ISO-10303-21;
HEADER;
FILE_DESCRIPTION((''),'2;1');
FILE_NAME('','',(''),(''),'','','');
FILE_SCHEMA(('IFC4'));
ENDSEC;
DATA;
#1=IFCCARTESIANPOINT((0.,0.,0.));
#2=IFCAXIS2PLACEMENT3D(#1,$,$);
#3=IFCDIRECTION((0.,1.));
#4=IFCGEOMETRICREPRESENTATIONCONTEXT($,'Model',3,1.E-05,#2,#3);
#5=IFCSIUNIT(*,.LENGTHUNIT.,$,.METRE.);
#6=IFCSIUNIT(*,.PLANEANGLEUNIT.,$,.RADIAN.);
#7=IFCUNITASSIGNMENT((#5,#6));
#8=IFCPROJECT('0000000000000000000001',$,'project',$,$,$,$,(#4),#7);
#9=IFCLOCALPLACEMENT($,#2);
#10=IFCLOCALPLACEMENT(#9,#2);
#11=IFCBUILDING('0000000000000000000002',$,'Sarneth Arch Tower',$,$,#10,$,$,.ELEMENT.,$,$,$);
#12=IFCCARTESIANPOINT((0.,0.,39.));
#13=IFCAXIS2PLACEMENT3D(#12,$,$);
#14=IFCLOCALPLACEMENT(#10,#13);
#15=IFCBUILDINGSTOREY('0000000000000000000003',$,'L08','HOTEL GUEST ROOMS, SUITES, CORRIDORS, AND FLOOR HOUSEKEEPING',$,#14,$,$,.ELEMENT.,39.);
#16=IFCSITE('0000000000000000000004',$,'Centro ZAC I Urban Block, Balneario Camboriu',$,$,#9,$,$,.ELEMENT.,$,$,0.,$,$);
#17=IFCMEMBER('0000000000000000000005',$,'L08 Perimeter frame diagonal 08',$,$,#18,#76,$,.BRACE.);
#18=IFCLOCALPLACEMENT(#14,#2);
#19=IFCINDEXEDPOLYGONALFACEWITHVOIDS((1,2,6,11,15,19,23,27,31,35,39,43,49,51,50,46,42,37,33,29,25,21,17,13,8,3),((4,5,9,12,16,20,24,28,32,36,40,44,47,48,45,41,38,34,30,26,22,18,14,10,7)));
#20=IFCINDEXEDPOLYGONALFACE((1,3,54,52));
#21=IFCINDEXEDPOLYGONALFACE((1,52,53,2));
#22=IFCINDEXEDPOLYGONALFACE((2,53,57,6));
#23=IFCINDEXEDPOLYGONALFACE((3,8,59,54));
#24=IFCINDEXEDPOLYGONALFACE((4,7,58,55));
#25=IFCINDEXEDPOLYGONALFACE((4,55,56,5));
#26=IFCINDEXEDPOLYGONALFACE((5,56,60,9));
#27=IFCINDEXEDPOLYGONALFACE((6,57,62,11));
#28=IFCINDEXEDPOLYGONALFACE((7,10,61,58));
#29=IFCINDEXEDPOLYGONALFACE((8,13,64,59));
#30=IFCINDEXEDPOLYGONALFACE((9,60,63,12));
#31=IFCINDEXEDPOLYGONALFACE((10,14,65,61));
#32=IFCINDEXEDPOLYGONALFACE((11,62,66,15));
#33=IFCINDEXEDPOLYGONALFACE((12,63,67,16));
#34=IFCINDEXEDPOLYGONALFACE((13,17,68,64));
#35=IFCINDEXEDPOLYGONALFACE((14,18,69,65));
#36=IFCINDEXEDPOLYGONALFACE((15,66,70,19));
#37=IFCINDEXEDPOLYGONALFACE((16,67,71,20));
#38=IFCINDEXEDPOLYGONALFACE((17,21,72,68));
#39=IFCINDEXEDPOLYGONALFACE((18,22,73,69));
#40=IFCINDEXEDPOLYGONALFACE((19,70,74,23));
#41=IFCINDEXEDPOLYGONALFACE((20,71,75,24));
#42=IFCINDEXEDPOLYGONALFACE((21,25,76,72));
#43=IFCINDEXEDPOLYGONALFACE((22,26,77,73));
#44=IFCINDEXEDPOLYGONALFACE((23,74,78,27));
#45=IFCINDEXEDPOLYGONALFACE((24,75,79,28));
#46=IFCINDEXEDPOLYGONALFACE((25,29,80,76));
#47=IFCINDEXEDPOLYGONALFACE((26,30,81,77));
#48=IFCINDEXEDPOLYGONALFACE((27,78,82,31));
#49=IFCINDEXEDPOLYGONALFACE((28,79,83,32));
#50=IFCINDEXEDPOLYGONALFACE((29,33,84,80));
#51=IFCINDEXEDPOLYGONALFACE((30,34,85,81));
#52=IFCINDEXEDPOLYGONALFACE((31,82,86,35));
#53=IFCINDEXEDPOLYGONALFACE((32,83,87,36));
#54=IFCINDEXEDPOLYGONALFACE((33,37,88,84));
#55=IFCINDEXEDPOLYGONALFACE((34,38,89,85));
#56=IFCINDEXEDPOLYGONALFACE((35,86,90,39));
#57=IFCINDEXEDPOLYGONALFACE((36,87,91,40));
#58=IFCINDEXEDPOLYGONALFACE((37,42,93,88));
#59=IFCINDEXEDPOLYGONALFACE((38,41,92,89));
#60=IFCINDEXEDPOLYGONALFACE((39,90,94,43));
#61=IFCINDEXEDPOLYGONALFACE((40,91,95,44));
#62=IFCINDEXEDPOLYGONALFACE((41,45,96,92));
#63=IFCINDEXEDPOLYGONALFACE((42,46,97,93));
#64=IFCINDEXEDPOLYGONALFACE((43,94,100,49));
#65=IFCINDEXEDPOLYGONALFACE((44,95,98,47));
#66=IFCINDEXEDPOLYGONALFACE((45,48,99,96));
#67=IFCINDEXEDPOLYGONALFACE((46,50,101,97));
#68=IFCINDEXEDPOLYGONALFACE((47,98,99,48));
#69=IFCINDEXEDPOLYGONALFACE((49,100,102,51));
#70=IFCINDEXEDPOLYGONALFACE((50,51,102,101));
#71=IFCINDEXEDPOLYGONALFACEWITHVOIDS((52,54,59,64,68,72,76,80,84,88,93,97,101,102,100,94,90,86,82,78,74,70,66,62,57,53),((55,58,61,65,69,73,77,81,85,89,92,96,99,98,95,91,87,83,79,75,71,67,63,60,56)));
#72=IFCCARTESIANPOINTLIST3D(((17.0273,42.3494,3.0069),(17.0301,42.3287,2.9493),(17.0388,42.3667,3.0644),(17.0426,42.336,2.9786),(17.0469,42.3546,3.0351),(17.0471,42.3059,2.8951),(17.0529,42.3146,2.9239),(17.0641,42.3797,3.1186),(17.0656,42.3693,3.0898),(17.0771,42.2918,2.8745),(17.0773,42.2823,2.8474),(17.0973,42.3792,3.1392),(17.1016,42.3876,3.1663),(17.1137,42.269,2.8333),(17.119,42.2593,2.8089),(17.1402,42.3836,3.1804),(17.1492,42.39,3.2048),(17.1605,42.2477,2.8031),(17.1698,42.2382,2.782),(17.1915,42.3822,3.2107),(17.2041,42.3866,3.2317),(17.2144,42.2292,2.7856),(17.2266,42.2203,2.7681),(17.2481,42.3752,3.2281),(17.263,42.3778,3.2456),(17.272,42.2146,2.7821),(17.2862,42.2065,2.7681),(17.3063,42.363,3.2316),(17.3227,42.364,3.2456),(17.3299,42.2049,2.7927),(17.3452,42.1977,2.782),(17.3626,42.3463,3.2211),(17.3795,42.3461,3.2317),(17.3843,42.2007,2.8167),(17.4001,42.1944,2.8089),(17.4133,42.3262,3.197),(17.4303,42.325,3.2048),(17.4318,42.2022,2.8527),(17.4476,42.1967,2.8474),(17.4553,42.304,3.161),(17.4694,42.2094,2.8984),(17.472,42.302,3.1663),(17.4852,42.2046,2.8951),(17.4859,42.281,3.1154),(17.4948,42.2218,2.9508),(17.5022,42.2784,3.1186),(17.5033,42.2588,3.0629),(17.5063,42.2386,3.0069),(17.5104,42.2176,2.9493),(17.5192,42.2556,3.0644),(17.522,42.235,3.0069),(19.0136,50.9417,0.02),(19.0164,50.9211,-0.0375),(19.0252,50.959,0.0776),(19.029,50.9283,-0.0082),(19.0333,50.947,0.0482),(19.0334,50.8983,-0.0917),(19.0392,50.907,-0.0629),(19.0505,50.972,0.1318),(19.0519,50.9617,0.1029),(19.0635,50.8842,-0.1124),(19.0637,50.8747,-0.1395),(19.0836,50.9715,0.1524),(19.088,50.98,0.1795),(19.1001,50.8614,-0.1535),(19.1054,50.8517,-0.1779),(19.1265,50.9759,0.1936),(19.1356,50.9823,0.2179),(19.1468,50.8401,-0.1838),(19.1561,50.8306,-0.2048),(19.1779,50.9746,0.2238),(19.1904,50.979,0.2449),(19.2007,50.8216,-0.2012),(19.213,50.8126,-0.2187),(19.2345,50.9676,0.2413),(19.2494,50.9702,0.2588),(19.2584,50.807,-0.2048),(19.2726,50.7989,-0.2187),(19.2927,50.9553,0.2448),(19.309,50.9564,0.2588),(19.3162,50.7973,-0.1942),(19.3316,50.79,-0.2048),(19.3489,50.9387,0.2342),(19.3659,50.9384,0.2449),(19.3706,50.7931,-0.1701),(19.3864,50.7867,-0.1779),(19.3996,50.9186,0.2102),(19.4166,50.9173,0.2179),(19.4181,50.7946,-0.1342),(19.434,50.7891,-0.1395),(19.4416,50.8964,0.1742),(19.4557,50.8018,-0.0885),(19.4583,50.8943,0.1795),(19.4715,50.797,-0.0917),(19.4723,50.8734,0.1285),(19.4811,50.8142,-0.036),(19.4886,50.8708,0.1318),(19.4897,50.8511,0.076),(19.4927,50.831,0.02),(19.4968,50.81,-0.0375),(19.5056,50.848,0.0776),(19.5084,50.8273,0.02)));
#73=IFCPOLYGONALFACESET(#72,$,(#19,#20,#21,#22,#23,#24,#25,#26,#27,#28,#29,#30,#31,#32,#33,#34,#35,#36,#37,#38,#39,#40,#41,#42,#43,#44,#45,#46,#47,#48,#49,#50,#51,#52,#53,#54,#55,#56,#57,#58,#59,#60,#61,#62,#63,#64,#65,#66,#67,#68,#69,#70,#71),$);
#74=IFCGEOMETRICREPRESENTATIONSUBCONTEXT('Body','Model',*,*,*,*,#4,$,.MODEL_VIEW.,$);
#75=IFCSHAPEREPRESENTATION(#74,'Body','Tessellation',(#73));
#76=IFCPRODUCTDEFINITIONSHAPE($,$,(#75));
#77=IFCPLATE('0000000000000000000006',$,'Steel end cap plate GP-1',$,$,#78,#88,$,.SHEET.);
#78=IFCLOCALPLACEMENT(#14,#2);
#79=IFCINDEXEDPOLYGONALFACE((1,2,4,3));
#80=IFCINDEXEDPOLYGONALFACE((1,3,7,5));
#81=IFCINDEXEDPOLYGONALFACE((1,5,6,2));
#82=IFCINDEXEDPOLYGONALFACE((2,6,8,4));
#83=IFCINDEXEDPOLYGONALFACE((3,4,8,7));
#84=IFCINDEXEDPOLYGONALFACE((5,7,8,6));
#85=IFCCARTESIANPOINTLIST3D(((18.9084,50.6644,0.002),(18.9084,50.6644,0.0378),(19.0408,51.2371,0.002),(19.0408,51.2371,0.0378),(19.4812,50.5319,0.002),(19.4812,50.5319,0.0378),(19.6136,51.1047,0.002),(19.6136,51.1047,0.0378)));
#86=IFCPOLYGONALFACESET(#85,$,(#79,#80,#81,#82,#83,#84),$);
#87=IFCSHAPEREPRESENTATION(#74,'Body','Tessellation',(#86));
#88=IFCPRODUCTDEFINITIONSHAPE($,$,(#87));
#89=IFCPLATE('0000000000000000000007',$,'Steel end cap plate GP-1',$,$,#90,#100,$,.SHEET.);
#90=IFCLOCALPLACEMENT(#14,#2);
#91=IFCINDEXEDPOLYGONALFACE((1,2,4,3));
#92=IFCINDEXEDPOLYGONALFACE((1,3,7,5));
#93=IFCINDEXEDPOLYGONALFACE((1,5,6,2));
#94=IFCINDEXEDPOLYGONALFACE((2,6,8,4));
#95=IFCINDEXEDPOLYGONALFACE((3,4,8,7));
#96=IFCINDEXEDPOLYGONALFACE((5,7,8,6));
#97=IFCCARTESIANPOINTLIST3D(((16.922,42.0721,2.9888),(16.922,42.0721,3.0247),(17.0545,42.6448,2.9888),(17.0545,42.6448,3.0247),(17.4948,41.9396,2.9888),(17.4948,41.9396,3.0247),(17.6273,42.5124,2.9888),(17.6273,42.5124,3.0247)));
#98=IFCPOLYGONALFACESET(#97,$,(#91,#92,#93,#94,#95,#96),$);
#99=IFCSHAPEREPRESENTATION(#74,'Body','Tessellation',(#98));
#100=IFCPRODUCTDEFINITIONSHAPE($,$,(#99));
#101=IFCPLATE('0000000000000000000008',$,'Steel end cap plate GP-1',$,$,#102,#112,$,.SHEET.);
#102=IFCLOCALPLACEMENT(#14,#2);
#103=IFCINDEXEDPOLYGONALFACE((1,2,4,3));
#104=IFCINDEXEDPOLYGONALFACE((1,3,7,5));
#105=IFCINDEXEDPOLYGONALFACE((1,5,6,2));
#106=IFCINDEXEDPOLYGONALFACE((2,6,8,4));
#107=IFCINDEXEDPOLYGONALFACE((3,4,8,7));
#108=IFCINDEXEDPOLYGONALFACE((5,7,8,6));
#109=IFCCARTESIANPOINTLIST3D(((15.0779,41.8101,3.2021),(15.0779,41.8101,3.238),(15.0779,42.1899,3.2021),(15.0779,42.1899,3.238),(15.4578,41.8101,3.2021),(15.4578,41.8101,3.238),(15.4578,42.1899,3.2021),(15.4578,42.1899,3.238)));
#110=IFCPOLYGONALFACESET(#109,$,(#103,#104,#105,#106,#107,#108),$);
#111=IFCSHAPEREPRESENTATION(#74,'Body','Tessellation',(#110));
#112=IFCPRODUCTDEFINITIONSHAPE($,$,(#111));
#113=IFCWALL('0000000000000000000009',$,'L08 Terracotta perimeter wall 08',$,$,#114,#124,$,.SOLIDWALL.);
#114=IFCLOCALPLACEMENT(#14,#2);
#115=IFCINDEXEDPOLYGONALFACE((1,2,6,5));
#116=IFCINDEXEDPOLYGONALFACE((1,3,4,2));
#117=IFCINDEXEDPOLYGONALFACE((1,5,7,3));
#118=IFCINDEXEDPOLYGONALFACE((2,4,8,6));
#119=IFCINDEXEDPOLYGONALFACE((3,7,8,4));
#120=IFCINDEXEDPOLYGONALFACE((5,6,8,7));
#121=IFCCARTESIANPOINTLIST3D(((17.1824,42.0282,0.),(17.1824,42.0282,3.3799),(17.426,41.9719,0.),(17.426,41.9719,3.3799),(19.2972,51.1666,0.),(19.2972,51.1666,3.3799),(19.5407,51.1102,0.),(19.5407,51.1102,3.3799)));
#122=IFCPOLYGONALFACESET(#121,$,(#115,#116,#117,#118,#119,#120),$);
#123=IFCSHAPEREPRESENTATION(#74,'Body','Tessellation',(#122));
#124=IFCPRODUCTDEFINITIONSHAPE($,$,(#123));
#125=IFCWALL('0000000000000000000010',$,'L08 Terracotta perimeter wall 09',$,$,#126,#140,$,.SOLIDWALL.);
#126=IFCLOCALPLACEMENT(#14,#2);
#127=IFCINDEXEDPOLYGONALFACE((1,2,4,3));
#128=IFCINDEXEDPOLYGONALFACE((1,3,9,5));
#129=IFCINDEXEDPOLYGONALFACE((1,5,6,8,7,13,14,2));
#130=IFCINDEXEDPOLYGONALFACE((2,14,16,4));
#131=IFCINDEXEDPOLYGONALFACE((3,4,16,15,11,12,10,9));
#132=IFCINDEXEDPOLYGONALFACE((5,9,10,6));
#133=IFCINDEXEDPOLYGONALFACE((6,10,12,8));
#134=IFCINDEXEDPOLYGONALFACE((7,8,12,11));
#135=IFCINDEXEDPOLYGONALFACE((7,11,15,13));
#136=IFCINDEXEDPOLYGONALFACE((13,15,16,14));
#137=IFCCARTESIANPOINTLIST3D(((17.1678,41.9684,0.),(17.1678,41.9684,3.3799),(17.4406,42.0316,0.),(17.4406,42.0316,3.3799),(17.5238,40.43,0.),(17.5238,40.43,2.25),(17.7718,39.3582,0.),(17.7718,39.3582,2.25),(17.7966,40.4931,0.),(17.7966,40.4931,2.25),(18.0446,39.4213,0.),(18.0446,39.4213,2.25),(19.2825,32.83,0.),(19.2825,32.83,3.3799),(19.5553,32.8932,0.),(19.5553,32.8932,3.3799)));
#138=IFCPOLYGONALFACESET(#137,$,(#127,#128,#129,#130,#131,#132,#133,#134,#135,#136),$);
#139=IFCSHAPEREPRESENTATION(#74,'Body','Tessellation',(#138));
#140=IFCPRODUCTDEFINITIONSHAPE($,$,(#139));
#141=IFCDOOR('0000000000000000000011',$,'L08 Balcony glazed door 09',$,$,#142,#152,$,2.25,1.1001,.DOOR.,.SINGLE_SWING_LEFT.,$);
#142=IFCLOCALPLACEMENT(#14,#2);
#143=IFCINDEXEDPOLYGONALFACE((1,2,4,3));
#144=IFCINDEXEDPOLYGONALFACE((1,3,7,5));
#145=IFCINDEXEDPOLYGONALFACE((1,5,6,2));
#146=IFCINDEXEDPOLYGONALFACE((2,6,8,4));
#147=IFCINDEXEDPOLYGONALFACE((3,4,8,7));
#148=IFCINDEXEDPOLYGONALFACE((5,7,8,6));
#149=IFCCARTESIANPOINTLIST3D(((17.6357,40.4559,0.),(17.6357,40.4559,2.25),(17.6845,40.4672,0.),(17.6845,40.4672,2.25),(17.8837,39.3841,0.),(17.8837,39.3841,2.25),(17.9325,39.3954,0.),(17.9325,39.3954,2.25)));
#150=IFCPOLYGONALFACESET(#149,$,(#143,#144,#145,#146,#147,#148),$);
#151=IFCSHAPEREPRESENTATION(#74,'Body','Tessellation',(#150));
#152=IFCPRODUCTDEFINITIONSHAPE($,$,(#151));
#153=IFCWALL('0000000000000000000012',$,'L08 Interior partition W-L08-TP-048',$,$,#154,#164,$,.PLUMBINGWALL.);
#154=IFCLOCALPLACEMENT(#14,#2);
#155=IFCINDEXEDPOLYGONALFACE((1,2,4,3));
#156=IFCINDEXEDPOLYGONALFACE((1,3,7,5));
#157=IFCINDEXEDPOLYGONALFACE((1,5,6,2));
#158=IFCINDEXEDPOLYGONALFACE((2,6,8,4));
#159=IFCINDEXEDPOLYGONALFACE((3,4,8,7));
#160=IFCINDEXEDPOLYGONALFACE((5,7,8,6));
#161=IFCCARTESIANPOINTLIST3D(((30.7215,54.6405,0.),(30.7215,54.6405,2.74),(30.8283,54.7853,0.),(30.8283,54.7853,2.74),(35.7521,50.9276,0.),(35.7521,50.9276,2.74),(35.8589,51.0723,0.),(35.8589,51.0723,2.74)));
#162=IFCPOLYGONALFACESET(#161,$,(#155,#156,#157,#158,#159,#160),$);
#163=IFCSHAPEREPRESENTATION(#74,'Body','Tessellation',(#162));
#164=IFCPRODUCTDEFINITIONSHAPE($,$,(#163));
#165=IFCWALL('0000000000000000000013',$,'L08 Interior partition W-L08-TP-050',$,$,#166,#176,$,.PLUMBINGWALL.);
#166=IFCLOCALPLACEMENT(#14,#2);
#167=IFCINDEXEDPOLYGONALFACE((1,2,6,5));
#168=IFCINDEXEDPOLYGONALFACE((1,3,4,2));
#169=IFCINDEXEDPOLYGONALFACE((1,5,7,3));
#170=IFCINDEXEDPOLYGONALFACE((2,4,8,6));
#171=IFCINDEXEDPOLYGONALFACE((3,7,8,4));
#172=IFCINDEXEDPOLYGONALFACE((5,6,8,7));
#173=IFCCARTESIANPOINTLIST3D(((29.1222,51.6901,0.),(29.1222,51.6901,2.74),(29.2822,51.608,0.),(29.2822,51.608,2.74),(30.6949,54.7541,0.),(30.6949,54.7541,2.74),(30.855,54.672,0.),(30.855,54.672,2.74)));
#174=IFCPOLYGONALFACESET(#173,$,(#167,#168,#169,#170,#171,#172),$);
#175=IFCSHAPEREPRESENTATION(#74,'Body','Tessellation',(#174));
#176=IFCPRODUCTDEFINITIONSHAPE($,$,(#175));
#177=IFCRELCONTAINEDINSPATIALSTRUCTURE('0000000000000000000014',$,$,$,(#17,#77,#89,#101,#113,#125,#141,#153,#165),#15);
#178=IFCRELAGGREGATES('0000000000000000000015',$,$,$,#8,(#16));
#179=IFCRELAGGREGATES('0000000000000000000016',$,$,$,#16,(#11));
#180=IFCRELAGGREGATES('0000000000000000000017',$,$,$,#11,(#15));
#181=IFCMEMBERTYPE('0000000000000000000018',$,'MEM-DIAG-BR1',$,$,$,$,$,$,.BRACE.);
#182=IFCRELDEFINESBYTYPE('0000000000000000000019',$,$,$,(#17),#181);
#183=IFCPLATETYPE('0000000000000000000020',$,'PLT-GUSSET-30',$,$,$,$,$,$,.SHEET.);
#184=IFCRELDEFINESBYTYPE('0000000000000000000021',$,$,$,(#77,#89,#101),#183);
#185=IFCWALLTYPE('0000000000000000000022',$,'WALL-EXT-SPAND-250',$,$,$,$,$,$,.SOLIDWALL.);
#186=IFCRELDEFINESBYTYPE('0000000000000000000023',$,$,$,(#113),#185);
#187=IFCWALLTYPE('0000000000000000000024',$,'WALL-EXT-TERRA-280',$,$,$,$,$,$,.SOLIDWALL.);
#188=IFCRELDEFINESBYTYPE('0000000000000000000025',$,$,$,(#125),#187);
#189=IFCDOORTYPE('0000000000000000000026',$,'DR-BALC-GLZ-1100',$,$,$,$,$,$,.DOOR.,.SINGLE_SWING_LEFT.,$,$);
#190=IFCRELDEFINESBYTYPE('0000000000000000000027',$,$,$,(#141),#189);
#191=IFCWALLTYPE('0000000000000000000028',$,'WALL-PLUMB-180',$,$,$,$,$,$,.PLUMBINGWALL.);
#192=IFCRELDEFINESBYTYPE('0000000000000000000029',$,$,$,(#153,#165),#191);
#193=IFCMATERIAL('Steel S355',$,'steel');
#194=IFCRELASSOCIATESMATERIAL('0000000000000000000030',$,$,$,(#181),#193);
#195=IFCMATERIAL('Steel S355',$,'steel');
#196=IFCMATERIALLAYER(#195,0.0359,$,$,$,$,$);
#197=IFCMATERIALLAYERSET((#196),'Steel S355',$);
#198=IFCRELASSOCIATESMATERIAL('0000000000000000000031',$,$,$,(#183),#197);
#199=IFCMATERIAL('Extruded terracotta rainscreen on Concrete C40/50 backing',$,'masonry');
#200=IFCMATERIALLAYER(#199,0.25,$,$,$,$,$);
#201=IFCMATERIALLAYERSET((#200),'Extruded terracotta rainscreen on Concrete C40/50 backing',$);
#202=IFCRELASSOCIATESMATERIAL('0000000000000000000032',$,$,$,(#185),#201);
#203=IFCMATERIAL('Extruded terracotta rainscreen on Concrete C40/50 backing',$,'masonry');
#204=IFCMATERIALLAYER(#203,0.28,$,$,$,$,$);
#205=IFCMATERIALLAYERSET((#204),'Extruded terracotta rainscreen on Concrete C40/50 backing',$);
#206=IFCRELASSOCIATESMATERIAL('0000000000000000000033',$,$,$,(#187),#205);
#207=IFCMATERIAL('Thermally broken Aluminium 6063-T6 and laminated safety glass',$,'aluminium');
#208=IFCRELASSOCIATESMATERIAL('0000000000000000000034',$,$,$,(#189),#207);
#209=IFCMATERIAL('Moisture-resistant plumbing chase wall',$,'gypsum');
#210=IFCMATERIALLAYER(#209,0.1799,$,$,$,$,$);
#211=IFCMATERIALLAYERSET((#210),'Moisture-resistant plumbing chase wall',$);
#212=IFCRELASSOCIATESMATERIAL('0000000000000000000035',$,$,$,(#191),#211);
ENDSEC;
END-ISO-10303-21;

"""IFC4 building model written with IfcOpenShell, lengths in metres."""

from ifc_helpers import new_model, si_unit, direction, frame, frame_2d, origin, origin_2d, place, context, subcontext, project, spatial, rectangle, hollow_circle, extrude, material, layer, layer_set, material_profile, profile_set, type_object, element, fill, save


model = new_model("IFC4")

# Units and contexts
model_context = context("Model", 3, precision=1e-05, world=origin(), true_north=direction((0.0, 1.0)))
body_context = subcontext(model_context, "Body", "Model", "MODEL_VIEW")
ifc_project = project(units=[si_unit("LENGTHUNIT", "METRE"), si_unit("PLANEANGLEUNIT", "RADIAN")], contexts=[model_context])

# Site, building, storey
site_placement = place(None, origin())
site = spatial("IfcSite", under=ifc_project, at=site_placement, Name="Centro ZAC I Urban Block, Balneario Camboriu", CompositionType="ELEMENT", RefElevation=0.0)
building_placement = place(site_placement, origin())
building = spatial("IfcBuilding", under=site, at=building_placement, Name="Sarneth Arch Tower", CompositionType="ELEMENT")
storey_placement = place(building_placement, frame((0.0, 0.0, 39.0)))
storey = spatial("IfcBuildingStorey", under=building, at=storey_placement, Name="L08", Description="HOTEL GUEST ROOMS, SUITES, CORRIDORS, AND FLOOR HOUSEKEEPING", CompositionType="ELEMENT", Elevation=39.0)

# Member
ifc_material_1 = material(Name="Steel S355", Category="steel")
ifc_material_profile_1 = material_profile(ifc_material_1, hollow_circle(Radius=0.2539, WallThickness=0.0161, at=origin_2d()), Name="CHS508x16")
ifc_profile_set_1 = profile_set([ifc_material_profile_1], Name="Steel S355")
member_type_1 = type_object("IfcMemberType", Name="MEM-DIAG-BR1", PredefinedType="BRACE", material=ifc_profile_set_1)
member_1_placement = place(storey_placement, frame((19.261, 50.8845, 0.02), z_axis=(-0.213332, -0.922814, 0.320785), x_axis=(0.974304, -0.225236, 0.0)))
element("IfcMember", 1, at=member_1_placement, inside=storey, type_object=member_type_1, Name="L08 Perimeter frame diagonal 08", PredefinedType="BRACE", context=body_context, shape_type="SweptSolid", body=[
    extrude(hollow_circle(Radius=0.2539, WallThickness=0.0161, at=origin_2d()), origin(), (0.0, 0.0, 1.0), 9.311),
])

# Plates
ifc_material_2 = material(Name="Steel S355", Category="steel")
ifc_layer_1 = layer(ifc_material_2, 0.0359)
ifc_layer_set_1 = layer_set([ifc_layer_1], Name="Steel S355")
plate_type = type_object("IfcPlateType", Name="PLT-GUSSET-30", PredefinedType="SHEET", material=ifc_layer_set_1)
for number, where, z_axis, x_axis, name in (
    (2, (19.261, 50.8845, 0.002), (0.0, 0.0, 1.0), (-0.225291, -0.974291, 0.0), "Steel end cap plate GP-1"),
    (3, (17.2747, 42.2922, 2.9888), (0.0, 0.0, 1.0), (-0.225291, -0.974291, 0.0), "Steel end cap plate GP-1"),
):
    element("IfcPlate", number, at=place(storey_placement, frame(where, z_axis=z_axis, x_axis=x_axis)), inside=storey, type_object=plate_type, Name=name, PredefinedType="SHEET", context=body_context, shape_type="SweptSolid", body=[
        extrude(rectangle(XDim=0.5879, YDim=0.5879, at=origin_2d()), origin(), (0.0, 0.0, 1.0), 0.0359),
    ])
plate_placement = place(storey_placement, frame((15.2678, 42.0, 3.2021), z_axis=(0.0, 0.0, 1.0), x_axis=(-1.0, 0.0, 0.0)))
element("IfcPlate", 4, at=plate_placement, inside=storey, type_object=plate_type, Name="Steel end cap plate GP-1", PredefinedType="SHEET", context=body_context, shape_type="SweptSolid", body=[
    extrude(rectangle(XDim=0.3799, YDim=0.3799, at=origin_2d()), origin(), (0.0, 0.0, 1.0), 0.0359),
])

# Wall
ifc_material_3 = material(Name="Extruded terracotta rainscreen on Concrete C40/50 backing", Category="masonry")
ifc_layer_2 = layer(ifc_material_3, 0.25)
ifc_layer_set_2 = layer_set([ifc_layer_2], Name="Extruded terracotta rainscreen on Concrete C40/50 backing")
wall_type_1 = type_object("IfcWallType", Name="WALL-EXT-SPAND-250", PredefinedType="SOLIDWALL", material=ifc_layer_set_2)
wall_1_placement = place(storey_placement, frame((19.4189, 51.1384, 0.0), z_axis=(0.0, 0.0, 1.0), x_axis=(-0.225454, -0.974254, 0.0)))
element("IfcWall", 5, at=wall_1_placement, inside=storey, type_object=wall_type_1, Name="L08 Terracotta perimeter wall 08", PredefinedType="SOLIDWALL", context=body_context, shape_type="SweptSolid", body=[
    extrude(rectangle(XDim=9.3799, YDim=0.25, at=frame_2d((4.6899, 0.0))), origin(), (0.0, 0.0, 1.0), 3.3799),
])

# Wall, opening, door
ifc_material_4 = material(Name="Extruded terracotta rainscreen on Concrete C40/50 backing", Category="masonry")
ifc_layer_3 = layer(ifc_material_4, 0.28)
ifc_layer_set_3 = layer_set([ifc_layer_3], Name="Extruded terracotta rainscreen on Concrete C40/50 backing")
wall_type_2 = type_object("IfcWallType", Name="WALL-EXT-TERRA-280", PredefinedType="SOLIDWALL", material=ifc_layer_set_3)
wall_2_placement = place(storey_placement, frame((17.3042, 42.0, 0.0), z_axis=(0.0, 0.0, 1.0), x_axis=(0.225454, -0.974254, 0.0)))
wall_2 = element("IfcWall", 6, at=wall_2_placement, inside=storey, type_object=wall_type_2, Name="L08 Terracotta perimeter wall 09", PredefinedType="SOLIDWALL", context=body_context, shape_type="SweptSolid", body=[
    extrude(rectangle(XDim=9.3799, YDim=0.28, at=frame_2d((4.6899, 0.0))), origin(), (0.0, 0.0, 1.0), 3.3799),
])
opening_placement = place(wall_2_placement, frame((1.5791, 0.0, 0.0)))
opening = element("IfcOpeningElement", 7, at=opening_placement, cuts=wall_2, PredefinedType="OPENING", context=body_context, shape_type="SweptSolid", body=[
    extrude(rectangle(XDim=1.1001, YDim=2.25, at=frame_2d((0.55, 1.125))), frame((0.0, 0.1499, 0.0), z_axis=(0.0, -1.0, 0.0), x_axis=(1.0, 0.0, 0.0)), (0.0, 0.0, 1.0), 0.3),
])
ifc_material_5 = material(Name="Thermally broken Aluminium 6063-T6 and laminated safety glass", Category="aluminium")
door_type = type_object("IfcDoorType", Name="DR-BALC-GLZ-1100", OperationType="SINGLE_SWING_LEFT", PredefinedType="DOOR", material=ifc_material_5)
door_placement = place(opening_placement, origin())
door = element("IfcDoor", 8, at=door_placement, inside=storey, type_object=door_type, Name="L08 Balcony glazed door 09", OperationType="SINGLE_SWING_LEFT", OverallHeight=2.25, OverallWidth=1.1001, PredefinedType="DOOR", context=body_context, shape_type="SweptSolid", body=[
    extrude(rectangle(XDim=1.1001, YDim=2.25, at=frame_2d((0.55, 1.125))), frame((0.0, 0.0249, 0.0), z_axis=(0.0, -1.0, 0.0), x_axis=(1.0, 0.0, 0.0)), (0.0, 0.0, 1.0), 0.05),
])
fill(opening, door)

# Walls
ifc_material_6 = material(Name="Moisture-resistant plumbing chase wall", Category="gypsum")
ifc_layer_4 = layer(ifc_material_6, 0.1799)
ifc_layer_set_4 = layer_set([ifc_layer_4], Name="Moisture-resistant plumbing chase wall")
wall_type_3 = type_object("IfcWallType", Name="WALL-PLUMB-180", PredefinedType="PLUMBINGWALL", material=ifc_layer_set_4)
wall_3_placement = place(storey_placement, frame((30.7749, 54.7129, 0.0), z_axis=(0.0, 0.0, 1.0), x_axis=(0.804583, -0.593841, 0.0)))
element("IfcWall", 9, at=wall_3_placement, inside=storey, type_object=wall_type_3, Name="L08 Interior partition W-L08-TP-048", PredefinedType="PLUMBINGWALL", context=body_context, shape_type="SweptSolid", body=[
    extrude(rectangle(XDim=6.2524, YDim=0.1799, at=frame_2d((3.1262, 0.0))), origin(), (0.0, 0.0, 1.0), 2.74),
])
wall_4_placement = place(storey_placement, frame((29.2021, 51.6489, 0.0), z_axis=(0.0, 0.0, 1.0), x_axis=(0.456659, 0.889642, 0.0)))
element("IfcWall", 10, at=wall_4_placement, inside=storey, type_object=wall_type_3, Name="L08 Interior partition W-L08-TP-050", PredefinedType="PLUMBINGWALL", context=body_context, shape_type="SweptSolid", body=[
    extrude(rectangle(XDim=3.4441, YDim=0.1799, at=frame_2d((1.7222, 0.0))), origin(), (0.0, 0.0, 1.0), 2.74),
])

save(model, "model.ifc")
